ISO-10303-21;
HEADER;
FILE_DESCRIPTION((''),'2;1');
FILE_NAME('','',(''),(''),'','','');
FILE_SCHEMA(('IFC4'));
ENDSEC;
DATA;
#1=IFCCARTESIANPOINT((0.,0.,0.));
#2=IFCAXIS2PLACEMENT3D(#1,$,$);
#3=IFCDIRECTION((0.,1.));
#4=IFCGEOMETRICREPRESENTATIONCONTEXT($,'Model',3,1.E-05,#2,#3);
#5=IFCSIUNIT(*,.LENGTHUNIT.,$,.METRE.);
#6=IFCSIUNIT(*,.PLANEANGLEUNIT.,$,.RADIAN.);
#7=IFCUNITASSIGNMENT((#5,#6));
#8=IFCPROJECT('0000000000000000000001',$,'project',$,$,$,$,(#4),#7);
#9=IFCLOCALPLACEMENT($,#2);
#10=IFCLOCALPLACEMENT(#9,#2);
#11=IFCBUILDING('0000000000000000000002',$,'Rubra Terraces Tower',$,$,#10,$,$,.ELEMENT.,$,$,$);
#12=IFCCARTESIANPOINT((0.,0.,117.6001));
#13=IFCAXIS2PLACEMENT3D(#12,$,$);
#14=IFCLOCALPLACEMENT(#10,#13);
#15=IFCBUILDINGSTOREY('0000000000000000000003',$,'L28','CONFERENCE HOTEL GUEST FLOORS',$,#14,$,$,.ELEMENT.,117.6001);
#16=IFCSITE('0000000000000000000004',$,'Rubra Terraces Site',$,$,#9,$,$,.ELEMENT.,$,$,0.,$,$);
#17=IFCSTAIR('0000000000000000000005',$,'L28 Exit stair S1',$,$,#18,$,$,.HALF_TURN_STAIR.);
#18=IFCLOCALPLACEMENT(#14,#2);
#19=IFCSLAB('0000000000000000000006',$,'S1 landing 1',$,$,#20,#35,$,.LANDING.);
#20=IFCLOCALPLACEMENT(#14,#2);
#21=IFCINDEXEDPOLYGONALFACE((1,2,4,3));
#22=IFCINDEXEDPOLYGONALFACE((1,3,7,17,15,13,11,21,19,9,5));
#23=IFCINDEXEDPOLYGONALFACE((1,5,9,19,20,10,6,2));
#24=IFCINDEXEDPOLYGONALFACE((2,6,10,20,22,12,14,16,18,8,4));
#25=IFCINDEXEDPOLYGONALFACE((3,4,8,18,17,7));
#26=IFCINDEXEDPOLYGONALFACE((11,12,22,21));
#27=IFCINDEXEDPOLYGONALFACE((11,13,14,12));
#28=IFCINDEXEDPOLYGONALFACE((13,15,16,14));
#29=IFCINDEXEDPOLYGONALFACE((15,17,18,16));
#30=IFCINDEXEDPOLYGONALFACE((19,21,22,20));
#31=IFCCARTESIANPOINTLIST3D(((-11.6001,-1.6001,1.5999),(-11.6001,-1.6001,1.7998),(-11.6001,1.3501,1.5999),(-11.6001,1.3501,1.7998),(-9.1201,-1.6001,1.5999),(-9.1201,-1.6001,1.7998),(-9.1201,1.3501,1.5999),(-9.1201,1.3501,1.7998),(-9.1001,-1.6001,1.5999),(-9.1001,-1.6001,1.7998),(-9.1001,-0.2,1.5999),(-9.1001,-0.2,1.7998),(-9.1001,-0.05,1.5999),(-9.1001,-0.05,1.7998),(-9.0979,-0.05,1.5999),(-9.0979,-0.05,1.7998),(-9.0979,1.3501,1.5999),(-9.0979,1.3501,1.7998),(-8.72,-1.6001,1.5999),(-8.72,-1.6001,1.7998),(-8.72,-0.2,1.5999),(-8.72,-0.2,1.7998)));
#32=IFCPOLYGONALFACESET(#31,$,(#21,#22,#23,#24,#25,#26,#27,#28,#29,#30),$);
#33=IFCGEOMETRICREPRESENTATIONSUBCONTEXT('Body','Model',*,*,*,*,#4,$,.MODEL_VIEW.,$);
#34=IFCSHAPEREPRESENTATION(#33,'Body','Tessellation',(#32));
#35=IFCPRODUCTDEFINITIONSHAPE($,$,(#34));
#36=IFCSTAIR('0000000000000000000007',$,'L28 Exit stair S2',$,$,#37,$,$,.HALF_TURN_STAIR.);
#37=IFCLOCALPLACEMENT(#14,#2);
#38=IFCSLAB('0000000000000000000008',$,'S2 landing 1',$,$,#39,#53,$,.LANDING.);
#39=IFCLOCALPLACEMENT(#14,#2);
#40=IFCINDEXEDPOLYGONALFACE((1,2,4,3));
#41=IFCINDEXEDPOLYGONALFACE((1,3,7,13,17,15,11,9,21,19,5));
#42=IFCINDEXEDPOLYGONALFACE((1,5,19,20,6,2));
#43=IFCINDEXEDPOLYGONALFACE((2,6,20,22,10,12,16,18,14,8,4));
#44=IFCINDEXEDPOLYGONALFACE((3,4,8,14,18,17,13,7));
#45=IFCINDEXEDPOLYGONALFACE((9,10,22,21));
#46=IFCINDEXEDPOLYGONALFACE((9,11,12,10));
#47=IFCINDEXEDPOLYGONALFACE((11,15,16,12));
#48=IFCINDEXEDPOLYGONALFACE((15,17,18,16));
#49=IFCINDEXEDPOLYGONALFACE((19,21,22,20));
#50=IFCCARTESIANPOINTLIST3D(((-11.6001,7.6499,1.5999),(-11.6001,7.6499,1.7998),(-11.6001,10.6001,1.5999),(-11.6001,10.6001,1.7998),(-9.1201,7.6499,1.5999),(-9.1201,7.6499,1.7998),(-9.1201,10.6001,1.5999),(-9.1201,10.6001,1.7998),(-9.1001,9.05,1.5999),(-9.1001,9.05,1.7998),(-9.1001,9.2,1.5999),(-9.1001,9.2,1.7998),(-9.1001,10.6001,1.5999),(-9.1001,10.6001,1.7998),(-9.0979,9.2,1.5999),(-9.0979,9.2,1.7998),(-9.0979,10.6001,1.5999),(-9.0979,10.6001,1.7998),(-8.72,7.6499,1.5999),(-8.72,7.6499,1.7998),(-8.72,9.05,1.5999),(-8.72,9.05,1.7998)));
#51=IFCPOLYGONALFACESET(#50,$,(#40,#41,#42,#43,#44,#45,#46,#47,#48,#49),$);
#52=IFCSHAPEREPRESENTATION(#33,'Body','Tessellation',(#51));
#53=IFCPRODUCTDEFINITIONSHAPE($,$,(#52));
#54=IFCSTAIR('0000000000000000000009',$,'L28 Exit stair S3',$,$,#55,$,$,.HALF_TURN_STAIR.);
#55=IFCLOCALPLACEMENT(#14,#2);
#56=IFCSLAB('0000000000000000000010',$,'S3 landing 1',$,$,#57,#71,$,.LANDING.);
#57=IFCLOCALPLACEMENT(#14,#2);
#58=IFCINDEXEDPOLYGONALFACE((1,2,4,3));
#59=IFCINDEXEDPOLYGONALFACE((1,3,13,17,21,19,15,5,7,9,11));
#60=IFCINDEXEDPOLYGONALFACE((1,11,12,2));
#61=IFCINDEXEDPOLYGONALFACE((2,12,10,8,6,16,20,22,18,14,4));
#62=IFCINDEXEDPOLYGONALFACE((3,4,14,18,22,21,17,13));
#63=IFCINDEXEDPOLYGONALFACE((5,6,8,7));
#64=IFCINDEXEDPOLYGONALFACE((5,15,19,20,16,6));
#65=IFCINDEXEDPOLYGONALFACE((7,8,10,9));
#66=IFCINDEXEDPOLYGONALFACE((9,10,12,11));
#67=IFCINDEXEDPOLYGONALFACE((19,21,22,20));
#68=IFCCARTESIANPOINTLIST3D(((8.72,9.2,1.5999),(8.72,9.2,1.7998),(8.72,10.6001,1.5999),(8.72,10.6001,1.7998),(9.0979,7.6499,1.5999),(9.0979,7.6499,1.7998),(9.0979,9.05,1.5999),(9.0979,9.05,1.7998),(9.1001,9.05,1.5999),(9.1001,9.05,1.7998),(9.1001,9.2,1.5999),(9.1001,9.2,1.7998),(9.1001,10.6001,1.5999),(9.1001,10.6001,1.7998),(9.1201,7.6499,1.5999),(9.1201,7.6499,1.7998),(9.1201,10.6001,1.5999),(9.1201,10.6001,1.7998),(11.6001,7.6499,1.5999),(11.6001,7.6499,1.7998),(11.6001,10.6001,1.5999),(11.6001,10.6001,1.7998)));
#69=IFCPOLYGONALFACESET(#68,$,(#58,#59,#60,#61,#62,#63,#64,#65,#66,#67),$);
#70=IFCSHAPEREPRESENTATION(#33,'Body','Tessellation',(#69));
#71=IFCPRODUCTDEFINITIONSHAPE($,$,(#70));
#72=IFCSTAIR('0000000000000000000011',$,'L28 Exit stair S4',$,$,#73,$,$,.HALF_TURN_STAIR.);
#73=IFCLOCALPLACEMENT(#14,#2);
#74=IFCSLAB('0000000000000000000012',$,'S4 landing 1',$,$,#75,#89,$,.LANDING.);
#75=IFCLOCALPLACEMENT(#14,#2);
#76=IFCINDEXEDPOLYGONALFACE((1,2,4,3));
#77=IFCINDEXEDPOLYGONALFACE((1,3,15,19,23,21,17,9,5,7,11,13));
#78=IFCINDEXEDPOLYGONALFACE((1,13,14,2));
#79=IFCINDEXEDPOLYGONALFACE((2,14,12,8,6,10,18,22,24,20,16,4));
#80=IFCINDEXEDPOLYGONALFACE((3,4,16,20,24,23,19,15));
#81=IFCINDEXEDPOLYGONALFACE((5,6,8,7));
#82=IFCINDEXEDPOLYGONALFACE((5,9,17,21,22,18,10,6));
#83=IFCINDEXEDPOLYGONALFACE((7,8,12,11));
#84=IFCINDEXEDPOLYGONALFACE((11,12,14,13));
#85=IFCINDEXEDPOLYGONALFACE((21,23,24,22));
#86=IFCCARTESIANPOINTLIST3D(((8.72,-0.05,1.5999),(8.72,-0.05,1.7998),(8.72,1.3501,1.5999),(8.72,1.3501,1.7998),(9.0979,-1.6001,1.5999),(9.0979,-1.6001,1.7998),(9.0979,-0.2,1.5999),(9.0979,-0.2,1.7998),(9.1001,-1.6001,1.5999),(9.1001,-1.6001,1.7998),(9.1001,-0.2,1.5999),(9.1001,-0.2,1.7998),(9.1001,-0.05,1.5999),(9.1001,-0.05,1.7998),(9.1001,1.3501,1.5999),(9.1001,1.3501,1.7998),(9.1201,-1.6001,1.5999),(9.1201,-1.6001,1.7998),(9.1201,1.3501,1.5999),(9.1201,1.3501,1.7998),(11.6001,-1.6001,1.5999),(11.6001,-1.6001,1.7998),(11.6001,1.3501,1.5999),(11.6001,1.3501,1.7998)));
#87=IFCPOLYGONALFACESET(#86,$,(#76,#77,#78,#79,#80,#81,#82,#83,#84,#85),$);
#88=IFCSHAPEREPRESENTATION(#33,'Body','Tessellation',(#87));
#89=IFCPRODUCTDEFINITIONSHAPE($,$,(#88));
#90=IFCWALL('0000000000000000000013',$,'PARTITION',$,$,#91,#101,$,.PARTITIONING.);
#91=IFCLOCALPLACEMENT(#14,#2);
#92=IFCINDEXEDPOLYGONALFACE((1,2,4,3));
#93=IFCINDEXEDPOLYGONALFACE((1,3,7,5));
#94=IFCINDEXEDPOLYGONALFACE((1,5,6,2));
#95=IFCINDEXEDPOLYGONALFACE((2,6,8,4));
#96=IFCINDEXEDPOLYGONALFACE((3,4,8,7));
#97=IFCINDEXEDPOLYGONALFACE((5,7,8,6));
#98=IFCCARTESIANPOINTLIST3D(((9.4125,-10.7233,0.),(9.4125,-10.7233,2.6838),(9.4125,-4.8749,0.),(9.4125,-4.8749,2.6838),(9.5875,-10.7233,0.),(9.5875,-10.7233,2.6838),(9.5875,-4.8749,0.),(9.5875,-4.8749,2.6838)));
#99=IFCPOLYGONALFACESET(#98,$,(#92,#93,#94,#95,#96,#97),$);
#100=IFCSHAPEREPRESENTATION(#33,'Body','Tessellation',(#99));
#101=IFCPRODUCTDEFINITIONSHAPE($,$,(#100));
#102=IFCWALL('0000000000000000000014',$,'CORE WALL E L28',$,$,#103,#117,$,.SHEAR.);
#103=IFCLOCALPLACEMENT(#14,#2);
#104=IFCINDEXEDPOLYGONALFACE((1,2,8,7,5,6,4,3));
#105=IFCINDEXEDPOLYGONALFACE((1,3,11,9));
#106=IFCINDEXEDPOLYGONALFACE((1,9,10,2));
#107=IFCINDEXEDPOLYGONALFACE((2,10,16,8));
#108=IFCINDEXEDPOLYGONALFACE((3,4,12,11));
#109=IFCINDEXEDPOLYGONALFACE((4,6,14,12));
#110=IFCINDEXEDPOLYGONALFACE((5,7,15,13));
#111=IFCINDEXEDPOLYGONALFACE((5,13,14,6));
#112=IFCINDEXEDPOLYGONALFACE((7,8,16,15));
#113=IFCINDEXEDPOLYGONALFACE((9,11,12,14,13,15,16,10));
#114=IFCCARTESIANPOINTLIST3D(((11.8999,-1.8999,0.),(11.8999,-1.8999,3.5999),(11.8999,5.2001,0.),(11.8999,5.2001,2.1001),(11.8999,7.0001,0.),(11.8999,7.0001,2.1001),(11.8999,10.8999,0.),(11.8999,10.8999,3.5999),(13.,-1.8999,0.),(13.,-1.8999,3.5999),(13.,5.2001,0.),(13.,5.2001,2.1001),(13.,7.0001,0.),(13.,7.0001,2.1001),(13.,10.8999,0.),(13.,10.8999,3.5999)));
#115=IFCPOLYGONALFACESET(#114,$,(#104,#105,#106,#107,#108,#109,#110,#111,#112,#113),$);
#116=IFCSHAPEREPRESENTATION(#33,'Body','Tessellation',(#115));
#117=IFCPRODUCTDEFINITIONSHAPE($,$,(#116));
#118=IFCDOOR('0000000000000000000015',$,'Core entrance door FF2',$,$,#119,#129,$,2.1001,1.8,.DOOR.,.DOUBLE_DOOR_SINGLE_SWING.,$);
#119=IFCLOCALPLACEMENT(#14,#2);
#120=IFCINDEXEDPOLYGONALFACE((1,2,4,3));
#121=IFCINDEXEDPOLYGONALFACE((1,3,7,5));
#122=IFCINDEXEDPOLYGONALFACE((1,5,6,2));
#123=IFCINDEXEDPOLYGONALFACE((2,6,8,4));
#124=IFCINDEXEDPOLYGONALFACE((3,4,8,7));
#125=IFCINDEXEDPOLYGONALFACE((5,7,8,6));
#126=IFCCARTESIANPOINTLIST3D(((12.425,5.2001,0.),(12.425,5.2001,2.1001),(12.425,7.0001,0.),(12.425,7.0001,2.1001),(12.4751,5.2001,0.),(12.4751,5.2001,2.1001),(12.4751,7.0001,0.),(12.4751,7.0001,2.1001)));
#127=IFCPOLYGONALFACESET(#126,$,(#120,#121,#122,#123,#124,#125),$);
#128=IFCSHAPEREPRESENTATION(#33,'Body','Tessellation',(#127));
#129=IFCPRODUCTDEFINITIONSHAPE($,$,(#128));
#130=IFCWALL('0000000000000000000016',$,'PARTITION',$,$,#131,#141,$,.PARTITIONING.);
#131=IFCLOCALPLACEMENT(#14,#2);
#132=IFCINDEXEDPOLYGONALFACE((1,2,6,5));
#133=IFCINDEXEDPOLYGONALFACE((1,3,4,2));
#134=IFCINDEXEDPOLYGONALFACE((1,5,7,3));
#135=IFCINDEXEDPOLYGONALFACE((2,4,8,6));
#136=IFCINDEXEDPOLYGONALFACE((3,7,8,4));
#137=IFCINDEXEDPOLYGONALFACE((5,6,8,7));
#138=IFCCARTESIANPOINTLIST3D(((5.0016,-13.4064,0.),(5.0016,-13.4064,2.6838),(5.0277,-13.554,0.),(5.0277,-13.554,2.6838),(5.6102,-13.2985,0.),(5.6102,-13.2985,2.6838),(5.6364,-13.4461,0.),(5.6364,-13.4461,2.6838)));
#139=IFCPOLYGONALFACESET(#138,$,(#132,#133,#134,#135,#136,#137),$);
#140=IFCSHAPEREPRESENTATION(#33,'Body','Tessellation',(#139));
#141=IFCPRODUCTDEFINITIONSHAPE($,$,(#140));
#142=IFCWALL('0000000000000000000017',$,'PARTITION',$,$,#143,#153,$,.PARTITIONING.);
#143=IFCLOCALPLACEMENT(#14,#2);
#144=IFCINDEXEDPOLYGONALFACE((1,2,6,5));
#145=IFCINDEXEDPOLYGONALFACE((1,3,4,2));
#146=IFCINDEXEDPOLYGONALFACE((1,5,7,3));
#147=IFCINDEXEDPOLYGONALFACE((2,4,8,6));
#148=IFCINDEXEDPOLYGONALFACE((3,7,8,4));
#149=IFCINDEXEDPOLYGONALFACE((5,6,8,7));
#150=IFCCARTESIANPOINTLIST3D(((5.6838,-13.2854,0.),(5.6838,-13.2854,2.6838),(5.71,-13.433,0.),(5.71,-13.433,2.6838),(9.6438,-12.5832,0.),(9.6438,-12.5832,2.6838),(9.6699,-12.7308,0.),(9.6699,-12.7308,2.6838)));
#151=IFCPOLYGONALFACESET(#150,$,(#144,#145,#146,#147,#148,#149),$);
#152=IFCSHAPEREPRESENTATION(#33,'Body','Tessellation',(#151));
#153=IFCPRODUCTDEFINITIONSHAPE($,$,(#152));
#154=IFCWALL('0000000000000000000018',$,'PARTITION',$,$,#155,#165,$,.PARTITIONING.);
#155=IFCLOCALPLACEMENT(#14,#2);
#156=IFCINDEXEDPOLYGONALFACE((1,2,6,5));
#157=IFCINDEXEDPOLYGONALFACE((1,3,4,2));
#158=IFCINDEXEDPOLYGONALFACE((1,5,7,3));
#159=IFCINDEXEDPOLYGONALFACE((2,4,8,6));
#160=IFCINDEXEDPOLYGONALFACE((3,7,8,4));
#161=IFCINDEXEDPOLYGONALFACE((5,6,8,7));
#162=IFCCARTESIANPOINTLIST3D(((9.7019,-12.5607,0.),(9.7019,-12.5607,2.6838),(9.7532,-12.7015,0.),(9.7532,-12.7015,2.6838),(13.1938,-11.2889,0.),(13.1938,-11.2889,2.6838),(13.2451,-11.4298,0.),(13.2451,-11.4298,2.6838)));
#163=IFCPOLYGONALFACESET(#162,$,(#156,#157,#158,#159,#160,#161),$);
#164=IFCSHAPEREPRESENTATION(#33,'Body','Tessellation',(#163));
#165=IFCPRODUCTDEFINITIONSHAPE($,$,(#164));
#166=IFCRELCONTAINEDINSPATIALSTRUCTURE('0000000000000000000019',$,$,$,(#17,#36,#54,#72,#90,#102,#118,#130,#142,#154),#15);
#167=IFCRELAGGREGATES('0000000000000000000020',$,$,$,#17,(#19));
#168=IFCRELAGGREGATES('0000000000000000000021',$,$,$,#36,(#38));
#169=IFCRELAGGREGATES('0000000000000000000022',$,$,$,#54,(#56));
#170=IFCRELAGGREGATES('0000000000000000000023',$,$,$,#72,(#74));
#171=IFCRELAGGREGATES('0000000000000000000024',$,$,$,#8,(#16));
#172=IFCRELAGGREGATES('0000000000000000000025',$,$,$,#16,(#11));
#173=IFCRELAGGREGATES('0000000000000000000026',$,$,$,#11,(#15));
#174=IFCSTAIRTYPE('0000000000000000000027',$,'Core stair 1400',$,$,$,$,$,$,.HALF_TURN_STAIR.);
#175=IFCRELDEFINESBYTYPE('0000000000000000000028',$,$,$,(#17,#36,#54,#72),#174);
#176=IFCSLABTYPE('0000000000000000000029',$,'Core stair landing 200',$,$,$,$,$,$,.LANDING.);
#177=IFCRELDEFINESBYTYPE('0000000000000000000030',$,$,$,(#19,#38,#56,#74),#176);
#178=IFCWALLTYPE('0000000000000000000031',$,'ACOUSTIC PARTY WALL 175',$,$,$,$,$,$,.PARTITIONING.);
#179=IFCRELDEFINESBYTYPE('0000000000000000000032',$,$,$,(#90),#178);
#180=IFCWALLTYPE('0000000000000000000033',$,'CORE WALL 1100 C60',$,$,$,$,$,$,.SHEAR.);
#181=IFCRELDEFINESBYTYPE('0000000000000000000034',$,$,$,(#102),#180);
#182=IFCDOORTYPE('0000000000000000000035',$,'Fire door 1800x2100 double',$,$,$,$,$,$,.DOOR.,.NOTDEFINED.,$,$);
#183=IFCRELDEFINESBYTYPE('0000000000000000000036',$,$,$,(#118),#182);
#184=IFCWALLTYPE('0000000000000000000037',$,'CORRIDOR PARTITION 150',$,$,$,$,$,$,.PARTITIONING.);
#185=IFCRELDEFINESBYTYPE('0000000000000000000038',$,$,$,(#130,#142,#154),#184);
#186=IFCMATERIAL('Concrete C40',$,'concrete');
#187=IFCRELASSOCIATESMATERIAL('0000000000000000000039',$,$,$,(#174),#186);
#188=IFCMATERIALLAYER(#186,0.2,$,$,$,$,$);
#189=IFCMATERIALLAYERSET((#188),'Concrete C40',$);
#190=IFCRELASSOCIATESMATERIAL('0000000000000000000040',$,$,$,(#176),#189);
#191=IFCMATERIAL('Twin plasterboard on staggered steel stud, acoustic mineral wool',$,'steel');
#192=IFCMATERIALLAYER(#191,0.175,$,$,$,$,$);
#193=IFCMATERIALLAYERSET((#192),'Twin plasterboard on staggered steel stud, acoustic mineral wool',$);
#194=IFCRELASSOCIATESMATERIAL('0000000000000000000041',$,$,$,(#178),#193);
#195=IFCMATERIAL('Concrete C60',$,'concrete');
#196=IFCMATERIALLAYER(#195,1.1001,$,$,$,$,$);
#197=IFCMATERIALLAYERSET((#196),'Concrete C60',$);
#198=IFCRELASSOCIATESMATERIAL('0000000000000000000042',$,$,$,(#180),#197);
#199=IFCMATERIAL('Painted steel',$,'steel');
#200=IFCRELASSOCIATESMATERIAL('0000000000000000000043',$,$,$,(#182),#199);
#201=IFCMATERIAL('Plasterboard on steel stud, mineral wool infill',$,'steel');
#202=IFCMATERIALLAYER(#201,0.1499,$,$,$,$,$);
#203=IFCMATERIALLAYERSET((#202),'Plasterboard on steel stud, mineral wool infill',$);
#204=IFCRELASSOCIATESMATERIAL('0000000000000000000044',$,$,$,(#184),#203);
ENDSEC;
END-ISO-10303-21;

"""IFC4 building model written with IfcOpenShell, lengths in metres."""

from ifc_helpers import new_model, si_unit, direction, frame, frame_2d, origin, place, context, subcontext, project, spatial, polyline, rectangle, outline, extrude, material, layer, layer_set, type_object, element, fill, aggregate, save


model = new_model("IFC4")

# Units and contexts
model_context = context("Model", 3, precision=1e-05, world=origin(), true_north=direction((0.0, 1.0)))
body_context = subcontext(model_context, "Body", "Model", "MODEL_VIEW")
ifc_project = project(units=[si_unit("LENGTHUNIT", "METRE"), si_unit("PLANEANGLEUNIT", "RADIAN")], contexts=[model_context])

# Site, building, storey
site_placement = place(None, origin())
site = spatial("IfcSite", under=ifc_project, at=site_placement, Name="Rubra Terraces Site", CompositionType="ELEMENT", RefElevation=0.0)
building_placement = place(site_placement, origin())
building = spatial("IfcBuilding", under=site, at=building_placement, Name="Rubra Terraces Tower", CompositionType="ELEMENT")
storey_placement = place(building_placement, frame((0.0, 0.0, 117.6001)))
storey = spatial("IfcBuildingStorey", under=building, at=storey_placement, Name="L28", Description="CONFERENCE HOTEL GUEST FLOORS", CompositionType="ELEMENT", Elevation=117.6001)

# Stairs, slabs
ifc_material_1 = material(Name="Concrete C40", Category="concrete")
stair_type = type_object("IfcStairType", Name="Core stair 1400", PredefinedType="HALF_TURN_STAIR", material=ifc_material_1)
stair_1_placement = place(storey_placement, origin())
stair_1 = element("IfcStair", 1, at=stair_1_placement, inside=storey, type_object=stair_type, Name="L28 Exit stair S1", PredefinedType="HALF_TURN_STAIR")
ifc_layer_1 = layer(ifc_material_1, 0.2)
ifc_layer_set_1 = layer_set([ifc_layer_1], Name="Concrete C40")
slab_type = type_object("IfcSlabType", Name="Core stair landing 200", PredefinedType="LANDING", material=ifc_layer_set_1)
slab_1_placement = place(storey_placement, frame((0.0, 0.0, 1.5999)))
slab_1 = element("IfcSlab", 2, at=slab_1_placement, type_object=slab_type, Name="S1 landing 1", PredefinedType="LANDING", context=body_context, shape_type="SweptSolid", body=[
    extrude(outline(polyline([(-8.72, -0.2), (-8.72, -1.6001), (-9.1001, -1.6001), (-9.1201, -1.6001), (-11.6001, -1.6001), (-11.6001, 1.3501), (-9.1201, 1.3501), (-9.0979, 1.3501), (-9.0979, -0.05), (-9.1001, -0.05), (-9.1001, -0.2), (-8.72, -0.2)])), origin(), (0.0, 0.0, 1.0), 0.2),
])
aggregate(stair_1, [slab_1])
stair_2_placement = place(storey_placement, origin())
stair_2 = element("IfcStair", 3, at=stair_2_placement, inside=storey, type_object=stair_type, Name="L28 Exit stair S2", PredefinedType="HALF_TURN_STAIR")
slab_2_placement = place(storey_placement, frame((0.0, 0.0, 1.5999)))
slab_2 = element("IfcSlab", 4, at=slab_2_placement, type_object=slab_type, Name="S2 landing 1", PredefinedType="LANDING", context=body_context, shape_type="SweptSolid", body=[
    extrude(outline(polyline([(-8.72, 9.05), (-8.72, 7.6499), (-9.1201, 7.6499), (-11.6001, 7.6499), (-11.6001, 10.6001), (-9.1201, 10.6001), (-9.1001, 10.6001), (-9.0979, 10.6001), (-9.0979, 9.2), (-9.1001, 9.2), (-9.1001, 9.05), (-8.72, 9.05)])), origin(), (0.0, 0.0, 1.0), 0.2),
])
aggregate(stair_2, [slab_2])
stair_3_placement = place(storey_placement, origin())
stair_3 = element("IfcStair", 5, at=stair_3_placement, inside=storey, type_object=stair_type, Name="L28 Exit stair S3", PredefinedType="HALF_TURN_STAIR")
slab_3_placement = place(storey_placement, frame((0.0, 0.0, 1.5999)))
slab_3 = element("IfcSlab", 6, at=slab_3_placement, type_object=slab_type, Name="S3 landing 1", PredefinedType="LANDING", context=body_context, shape_type="SweptSolid", body=[
    extrude(outline(polyline([(9.1001, 9.05), (9.1001, 9.2), (8.72, 9.2), (8.72, 10.6001), (9.1001, 10.6001), (9.1201, 10.6001), (11.6001, 10.6001), (11.6001, 7.6499), (9.1201, 7.6499), (9.0979, 7.6499), (9.0979, 9.05), (9.1001, 9.05)])), origin(), (0.0, 0.0, 1.0), 0.2),
])
aggregate(stair_3, [slab_3])
stair_4_placement = place(storey_placement, origin())
stair_4 = element("IfcStair", 7, at=stair_4_placement, inside=storey, type_object=stair_type, Name="L28 Exit stair S4", PredefinedType="HALF_TURN_STAIR")
slab_4_placement = place(storey_placement, frame((0.0, 0.0, 1.5999)))
slab_4 = element("IfcSlab", 8, at=slab_4_placement, type_object=slab_type, Name="S4 landing 1", PredefinedType="LANDING", context=body_context, shape_type="SweptSolid", body=[
    extrude(outline(polyline([(9.1001, -0.2), (9.1001, -0.05), (8.72, -0.05), (8.72, 1.3501), (9.1001, 1.3501), (9.1201, 1.3501), (11.6001, 1.3501), (11.6001, -1.6001), (9.1201, -1.6001), (9.1001, -1.6001), (9.0979, -1.6001), (9.0979, -0.2), (9.1001, -0.2)])), origin(), (0.0, 0.0, 1.0), 0.2),
])

# Wall
ifc_material_2 = material(Name="Twin plasterboard on staggered steel stud, acoustic mineral wool", Category="steel")
ifc_layer_2 = layer(ifc_material_2, 0.175)
ifc_layer_set_2 = layer_set([ifc_layer_2], Name="Twin plasterboard on staggered steel stud, acoustic mineral wool")
wall_type_1 = type_object("IfcWallType", Name="ACOUSTIC PARTY WALL 175", PredefinedType="PARTITIONING", material=ifc_layer_set_2)
wall_1_placement = place(storey_placement, frame((9.5, -10.7234, 0.0), z_axis=(0.0, 0.0, 1.0), x_axis=(0.0, 1.0, 0.0)))
element("IfcWall", 9, at=wall_1_placement, inside=storey, type_object=wall_type_1, Name="PARTITION", PredefinedType="PARTITIONING", context=body_context, shape_type="SweptSolid", body=[
    extrude(rectangle(XDim=5.8484, YDim=0.175, at=frame_2d((2.9243, 0.0))), origin(), (0.0, 0.0, 1.0), 2.6838),
])

# Wall, opening, door
ifc_material_3 = material(Name="Concrete C60", Category="concrete")
ifc_layer_3 = layer(ifc_material_3, 1.1001)
ifc_layer_set_3 = layer_set([ifc_layer_3], Name="Concrete C60")
wall_type_2 = type_object("IfcWallType", Name="CORE WALL 1100 C60", PredefinedType="SHEAR", material=ifc_layer_set_3)
wall_2_placement = place(storey_placement, frame((12.45, -1.8999, 0.0), z_axis=(0.0, 0.0, 1.0), x_axis=(0.0, 1.0, 0.0)))
wall_2 = element("IfcWall", 10, at=wall_2_placement, inside=storey, type_object=wall_type_2, Name="CORE WALL E L28", PredefinedType="SHEAR", context=body_context, shape_type="SweptSolid", body=[
    extrude(rectangle(XDim=12.7998, YDim=1.1001, at=frame_2d((6.3999, 0.0))), origin(), (0.0, 0.0, 1.0), 3.5999),
])
opening_1_placement = place(wall_2_placement, frame((7.1001, 0.0, 0.0)))
opening_1 = element("IfcOpeningElement", 11, at=opening_1_placement, cuts=wall_2, PredefinedType="OPENING", context=body_context, shape_type="SweptSolid", body=[
    extrude(rectangle(XDim=1.8, YDim=2.1001, at=frame_2d((0.8999, 1.05))), frame((0.0, 0.5601, 0.0), z_axis=(0.0, -1.0, 0.0), x_axis=(1.0, 0.0, 0.0)), (0.0, 0.0, 1.0), 1.1201),
])
ifc_material_4 = material(Name="Painted steel", Category="steel")
door_type_1 = type_object("IfcDoorType", Name="Fire door 1800x2100 double", OperationType="NOTDEFINED", PredefinedType="DOOR", material=ifc_material_4)
door_1_placement = place(opening_1_placement, origin())
door_1 = element("IfcDoor", 12, at=door_1_placement, inside=storey, type_object=door_type_1, Name="Core entrance door FF2", OperationType="DOUBLE_DOOR_SINGLE_SWING", OverallHeight=2.1001, OverallWidth=1.8, PredefinedType="DOOR", context=body_context, shape_type="SweptSolid", body=[
    extrude(rectangle(XDim=1.8, YDim=2.1001, at=frame_2d((0.8999, 1.05))), frame((0.0, 0.0249, 0.0), z_axis=(0.0, -1.0, 0.0), x_axis=(1.0, 0.0, 0.0)), (0.0, 0.0, 1.0), 0.05),
])
fill(opening_1, door_1)

# Walls
ifc_material_5 = material(Name="Plasterboard on steel stud, mineral wool infill", Category="steel")
ifc_layer_4 = layer(ifc_material_5, 0.1499)
ifc_layer_set_4 = layer_set([ifc_layer_4], Name="Plasterboard on steel stud, mineral wool infill")
wall_type_3 = type_object("IfcWallType", Name="CORRIDOR PARTITION 150", PredefinedType="PARTITIONING", material=ifc_layer_set_4)
wall_3_placement = place(storey_placement, frame((5.0146, -13.4802, 0.0), z_axis=(0.0, 0.0, 1.0), x_axis=(0.984644, 0.174574, 0.0)))
element("IfcWall", 13, at=wall_3_placement, inside=storey, type_object=wall_type_3, Name="PARTITION", PredefinedType="PARTITIONING", context=body_context, shape_type="SweptSolid", body=[
    extrude(rectangle(XDim=0.6182, YDim=0.1499, at=frame_2d((0.3091, 0.0))), origin(), (0.0, 0.0, 1.0), 2.6838),
])
wall_4_placement = place(storey_placement, frame((5.697, -13.3591, 0.0), z_axis=(0.0, 0.0, 1.0), x_axis=(0.984641, 0.174589, 0.0)))
element("IfcWall", 14, at=wall_4_placement, inside=storey, type_object=wall_type_3, Name="PARTITION", PredefinedType="PARTITIONING", context=body_context, shape_type="SweptSolid", body=[
    extrude(rectangle(XDim=4.0217, YDim=0.1499, at=frame_2d((2.0107, 0.0))), origin(), (0.0, 0.0, 1.0), 2.6838),
])
wall_5_placement = place(storey_placement, frame((9.7275, -12.6311, 0.0), z_axis=(0.0, 0.0, 1.0), x_axis=(0.939626, 0.342202, 0.0)))
element("IfcWall", 15, at=wall_5_placement, inside=storey, type_object=wall_type_3, Name="PARTITION", PredefinedType="PARTITIONING", context=body_context, shape_type="SweptSolid", body=[
    extrude(rectangle(XDim=3.7163, YDim=0.1499, at=frame_2d((1.8582, 0.0))), origin(), (0.0, 0.0, 1.0), 2.6838),
])

aggregate(stair_4, [slab_4])

save(model, "model.ifc")
